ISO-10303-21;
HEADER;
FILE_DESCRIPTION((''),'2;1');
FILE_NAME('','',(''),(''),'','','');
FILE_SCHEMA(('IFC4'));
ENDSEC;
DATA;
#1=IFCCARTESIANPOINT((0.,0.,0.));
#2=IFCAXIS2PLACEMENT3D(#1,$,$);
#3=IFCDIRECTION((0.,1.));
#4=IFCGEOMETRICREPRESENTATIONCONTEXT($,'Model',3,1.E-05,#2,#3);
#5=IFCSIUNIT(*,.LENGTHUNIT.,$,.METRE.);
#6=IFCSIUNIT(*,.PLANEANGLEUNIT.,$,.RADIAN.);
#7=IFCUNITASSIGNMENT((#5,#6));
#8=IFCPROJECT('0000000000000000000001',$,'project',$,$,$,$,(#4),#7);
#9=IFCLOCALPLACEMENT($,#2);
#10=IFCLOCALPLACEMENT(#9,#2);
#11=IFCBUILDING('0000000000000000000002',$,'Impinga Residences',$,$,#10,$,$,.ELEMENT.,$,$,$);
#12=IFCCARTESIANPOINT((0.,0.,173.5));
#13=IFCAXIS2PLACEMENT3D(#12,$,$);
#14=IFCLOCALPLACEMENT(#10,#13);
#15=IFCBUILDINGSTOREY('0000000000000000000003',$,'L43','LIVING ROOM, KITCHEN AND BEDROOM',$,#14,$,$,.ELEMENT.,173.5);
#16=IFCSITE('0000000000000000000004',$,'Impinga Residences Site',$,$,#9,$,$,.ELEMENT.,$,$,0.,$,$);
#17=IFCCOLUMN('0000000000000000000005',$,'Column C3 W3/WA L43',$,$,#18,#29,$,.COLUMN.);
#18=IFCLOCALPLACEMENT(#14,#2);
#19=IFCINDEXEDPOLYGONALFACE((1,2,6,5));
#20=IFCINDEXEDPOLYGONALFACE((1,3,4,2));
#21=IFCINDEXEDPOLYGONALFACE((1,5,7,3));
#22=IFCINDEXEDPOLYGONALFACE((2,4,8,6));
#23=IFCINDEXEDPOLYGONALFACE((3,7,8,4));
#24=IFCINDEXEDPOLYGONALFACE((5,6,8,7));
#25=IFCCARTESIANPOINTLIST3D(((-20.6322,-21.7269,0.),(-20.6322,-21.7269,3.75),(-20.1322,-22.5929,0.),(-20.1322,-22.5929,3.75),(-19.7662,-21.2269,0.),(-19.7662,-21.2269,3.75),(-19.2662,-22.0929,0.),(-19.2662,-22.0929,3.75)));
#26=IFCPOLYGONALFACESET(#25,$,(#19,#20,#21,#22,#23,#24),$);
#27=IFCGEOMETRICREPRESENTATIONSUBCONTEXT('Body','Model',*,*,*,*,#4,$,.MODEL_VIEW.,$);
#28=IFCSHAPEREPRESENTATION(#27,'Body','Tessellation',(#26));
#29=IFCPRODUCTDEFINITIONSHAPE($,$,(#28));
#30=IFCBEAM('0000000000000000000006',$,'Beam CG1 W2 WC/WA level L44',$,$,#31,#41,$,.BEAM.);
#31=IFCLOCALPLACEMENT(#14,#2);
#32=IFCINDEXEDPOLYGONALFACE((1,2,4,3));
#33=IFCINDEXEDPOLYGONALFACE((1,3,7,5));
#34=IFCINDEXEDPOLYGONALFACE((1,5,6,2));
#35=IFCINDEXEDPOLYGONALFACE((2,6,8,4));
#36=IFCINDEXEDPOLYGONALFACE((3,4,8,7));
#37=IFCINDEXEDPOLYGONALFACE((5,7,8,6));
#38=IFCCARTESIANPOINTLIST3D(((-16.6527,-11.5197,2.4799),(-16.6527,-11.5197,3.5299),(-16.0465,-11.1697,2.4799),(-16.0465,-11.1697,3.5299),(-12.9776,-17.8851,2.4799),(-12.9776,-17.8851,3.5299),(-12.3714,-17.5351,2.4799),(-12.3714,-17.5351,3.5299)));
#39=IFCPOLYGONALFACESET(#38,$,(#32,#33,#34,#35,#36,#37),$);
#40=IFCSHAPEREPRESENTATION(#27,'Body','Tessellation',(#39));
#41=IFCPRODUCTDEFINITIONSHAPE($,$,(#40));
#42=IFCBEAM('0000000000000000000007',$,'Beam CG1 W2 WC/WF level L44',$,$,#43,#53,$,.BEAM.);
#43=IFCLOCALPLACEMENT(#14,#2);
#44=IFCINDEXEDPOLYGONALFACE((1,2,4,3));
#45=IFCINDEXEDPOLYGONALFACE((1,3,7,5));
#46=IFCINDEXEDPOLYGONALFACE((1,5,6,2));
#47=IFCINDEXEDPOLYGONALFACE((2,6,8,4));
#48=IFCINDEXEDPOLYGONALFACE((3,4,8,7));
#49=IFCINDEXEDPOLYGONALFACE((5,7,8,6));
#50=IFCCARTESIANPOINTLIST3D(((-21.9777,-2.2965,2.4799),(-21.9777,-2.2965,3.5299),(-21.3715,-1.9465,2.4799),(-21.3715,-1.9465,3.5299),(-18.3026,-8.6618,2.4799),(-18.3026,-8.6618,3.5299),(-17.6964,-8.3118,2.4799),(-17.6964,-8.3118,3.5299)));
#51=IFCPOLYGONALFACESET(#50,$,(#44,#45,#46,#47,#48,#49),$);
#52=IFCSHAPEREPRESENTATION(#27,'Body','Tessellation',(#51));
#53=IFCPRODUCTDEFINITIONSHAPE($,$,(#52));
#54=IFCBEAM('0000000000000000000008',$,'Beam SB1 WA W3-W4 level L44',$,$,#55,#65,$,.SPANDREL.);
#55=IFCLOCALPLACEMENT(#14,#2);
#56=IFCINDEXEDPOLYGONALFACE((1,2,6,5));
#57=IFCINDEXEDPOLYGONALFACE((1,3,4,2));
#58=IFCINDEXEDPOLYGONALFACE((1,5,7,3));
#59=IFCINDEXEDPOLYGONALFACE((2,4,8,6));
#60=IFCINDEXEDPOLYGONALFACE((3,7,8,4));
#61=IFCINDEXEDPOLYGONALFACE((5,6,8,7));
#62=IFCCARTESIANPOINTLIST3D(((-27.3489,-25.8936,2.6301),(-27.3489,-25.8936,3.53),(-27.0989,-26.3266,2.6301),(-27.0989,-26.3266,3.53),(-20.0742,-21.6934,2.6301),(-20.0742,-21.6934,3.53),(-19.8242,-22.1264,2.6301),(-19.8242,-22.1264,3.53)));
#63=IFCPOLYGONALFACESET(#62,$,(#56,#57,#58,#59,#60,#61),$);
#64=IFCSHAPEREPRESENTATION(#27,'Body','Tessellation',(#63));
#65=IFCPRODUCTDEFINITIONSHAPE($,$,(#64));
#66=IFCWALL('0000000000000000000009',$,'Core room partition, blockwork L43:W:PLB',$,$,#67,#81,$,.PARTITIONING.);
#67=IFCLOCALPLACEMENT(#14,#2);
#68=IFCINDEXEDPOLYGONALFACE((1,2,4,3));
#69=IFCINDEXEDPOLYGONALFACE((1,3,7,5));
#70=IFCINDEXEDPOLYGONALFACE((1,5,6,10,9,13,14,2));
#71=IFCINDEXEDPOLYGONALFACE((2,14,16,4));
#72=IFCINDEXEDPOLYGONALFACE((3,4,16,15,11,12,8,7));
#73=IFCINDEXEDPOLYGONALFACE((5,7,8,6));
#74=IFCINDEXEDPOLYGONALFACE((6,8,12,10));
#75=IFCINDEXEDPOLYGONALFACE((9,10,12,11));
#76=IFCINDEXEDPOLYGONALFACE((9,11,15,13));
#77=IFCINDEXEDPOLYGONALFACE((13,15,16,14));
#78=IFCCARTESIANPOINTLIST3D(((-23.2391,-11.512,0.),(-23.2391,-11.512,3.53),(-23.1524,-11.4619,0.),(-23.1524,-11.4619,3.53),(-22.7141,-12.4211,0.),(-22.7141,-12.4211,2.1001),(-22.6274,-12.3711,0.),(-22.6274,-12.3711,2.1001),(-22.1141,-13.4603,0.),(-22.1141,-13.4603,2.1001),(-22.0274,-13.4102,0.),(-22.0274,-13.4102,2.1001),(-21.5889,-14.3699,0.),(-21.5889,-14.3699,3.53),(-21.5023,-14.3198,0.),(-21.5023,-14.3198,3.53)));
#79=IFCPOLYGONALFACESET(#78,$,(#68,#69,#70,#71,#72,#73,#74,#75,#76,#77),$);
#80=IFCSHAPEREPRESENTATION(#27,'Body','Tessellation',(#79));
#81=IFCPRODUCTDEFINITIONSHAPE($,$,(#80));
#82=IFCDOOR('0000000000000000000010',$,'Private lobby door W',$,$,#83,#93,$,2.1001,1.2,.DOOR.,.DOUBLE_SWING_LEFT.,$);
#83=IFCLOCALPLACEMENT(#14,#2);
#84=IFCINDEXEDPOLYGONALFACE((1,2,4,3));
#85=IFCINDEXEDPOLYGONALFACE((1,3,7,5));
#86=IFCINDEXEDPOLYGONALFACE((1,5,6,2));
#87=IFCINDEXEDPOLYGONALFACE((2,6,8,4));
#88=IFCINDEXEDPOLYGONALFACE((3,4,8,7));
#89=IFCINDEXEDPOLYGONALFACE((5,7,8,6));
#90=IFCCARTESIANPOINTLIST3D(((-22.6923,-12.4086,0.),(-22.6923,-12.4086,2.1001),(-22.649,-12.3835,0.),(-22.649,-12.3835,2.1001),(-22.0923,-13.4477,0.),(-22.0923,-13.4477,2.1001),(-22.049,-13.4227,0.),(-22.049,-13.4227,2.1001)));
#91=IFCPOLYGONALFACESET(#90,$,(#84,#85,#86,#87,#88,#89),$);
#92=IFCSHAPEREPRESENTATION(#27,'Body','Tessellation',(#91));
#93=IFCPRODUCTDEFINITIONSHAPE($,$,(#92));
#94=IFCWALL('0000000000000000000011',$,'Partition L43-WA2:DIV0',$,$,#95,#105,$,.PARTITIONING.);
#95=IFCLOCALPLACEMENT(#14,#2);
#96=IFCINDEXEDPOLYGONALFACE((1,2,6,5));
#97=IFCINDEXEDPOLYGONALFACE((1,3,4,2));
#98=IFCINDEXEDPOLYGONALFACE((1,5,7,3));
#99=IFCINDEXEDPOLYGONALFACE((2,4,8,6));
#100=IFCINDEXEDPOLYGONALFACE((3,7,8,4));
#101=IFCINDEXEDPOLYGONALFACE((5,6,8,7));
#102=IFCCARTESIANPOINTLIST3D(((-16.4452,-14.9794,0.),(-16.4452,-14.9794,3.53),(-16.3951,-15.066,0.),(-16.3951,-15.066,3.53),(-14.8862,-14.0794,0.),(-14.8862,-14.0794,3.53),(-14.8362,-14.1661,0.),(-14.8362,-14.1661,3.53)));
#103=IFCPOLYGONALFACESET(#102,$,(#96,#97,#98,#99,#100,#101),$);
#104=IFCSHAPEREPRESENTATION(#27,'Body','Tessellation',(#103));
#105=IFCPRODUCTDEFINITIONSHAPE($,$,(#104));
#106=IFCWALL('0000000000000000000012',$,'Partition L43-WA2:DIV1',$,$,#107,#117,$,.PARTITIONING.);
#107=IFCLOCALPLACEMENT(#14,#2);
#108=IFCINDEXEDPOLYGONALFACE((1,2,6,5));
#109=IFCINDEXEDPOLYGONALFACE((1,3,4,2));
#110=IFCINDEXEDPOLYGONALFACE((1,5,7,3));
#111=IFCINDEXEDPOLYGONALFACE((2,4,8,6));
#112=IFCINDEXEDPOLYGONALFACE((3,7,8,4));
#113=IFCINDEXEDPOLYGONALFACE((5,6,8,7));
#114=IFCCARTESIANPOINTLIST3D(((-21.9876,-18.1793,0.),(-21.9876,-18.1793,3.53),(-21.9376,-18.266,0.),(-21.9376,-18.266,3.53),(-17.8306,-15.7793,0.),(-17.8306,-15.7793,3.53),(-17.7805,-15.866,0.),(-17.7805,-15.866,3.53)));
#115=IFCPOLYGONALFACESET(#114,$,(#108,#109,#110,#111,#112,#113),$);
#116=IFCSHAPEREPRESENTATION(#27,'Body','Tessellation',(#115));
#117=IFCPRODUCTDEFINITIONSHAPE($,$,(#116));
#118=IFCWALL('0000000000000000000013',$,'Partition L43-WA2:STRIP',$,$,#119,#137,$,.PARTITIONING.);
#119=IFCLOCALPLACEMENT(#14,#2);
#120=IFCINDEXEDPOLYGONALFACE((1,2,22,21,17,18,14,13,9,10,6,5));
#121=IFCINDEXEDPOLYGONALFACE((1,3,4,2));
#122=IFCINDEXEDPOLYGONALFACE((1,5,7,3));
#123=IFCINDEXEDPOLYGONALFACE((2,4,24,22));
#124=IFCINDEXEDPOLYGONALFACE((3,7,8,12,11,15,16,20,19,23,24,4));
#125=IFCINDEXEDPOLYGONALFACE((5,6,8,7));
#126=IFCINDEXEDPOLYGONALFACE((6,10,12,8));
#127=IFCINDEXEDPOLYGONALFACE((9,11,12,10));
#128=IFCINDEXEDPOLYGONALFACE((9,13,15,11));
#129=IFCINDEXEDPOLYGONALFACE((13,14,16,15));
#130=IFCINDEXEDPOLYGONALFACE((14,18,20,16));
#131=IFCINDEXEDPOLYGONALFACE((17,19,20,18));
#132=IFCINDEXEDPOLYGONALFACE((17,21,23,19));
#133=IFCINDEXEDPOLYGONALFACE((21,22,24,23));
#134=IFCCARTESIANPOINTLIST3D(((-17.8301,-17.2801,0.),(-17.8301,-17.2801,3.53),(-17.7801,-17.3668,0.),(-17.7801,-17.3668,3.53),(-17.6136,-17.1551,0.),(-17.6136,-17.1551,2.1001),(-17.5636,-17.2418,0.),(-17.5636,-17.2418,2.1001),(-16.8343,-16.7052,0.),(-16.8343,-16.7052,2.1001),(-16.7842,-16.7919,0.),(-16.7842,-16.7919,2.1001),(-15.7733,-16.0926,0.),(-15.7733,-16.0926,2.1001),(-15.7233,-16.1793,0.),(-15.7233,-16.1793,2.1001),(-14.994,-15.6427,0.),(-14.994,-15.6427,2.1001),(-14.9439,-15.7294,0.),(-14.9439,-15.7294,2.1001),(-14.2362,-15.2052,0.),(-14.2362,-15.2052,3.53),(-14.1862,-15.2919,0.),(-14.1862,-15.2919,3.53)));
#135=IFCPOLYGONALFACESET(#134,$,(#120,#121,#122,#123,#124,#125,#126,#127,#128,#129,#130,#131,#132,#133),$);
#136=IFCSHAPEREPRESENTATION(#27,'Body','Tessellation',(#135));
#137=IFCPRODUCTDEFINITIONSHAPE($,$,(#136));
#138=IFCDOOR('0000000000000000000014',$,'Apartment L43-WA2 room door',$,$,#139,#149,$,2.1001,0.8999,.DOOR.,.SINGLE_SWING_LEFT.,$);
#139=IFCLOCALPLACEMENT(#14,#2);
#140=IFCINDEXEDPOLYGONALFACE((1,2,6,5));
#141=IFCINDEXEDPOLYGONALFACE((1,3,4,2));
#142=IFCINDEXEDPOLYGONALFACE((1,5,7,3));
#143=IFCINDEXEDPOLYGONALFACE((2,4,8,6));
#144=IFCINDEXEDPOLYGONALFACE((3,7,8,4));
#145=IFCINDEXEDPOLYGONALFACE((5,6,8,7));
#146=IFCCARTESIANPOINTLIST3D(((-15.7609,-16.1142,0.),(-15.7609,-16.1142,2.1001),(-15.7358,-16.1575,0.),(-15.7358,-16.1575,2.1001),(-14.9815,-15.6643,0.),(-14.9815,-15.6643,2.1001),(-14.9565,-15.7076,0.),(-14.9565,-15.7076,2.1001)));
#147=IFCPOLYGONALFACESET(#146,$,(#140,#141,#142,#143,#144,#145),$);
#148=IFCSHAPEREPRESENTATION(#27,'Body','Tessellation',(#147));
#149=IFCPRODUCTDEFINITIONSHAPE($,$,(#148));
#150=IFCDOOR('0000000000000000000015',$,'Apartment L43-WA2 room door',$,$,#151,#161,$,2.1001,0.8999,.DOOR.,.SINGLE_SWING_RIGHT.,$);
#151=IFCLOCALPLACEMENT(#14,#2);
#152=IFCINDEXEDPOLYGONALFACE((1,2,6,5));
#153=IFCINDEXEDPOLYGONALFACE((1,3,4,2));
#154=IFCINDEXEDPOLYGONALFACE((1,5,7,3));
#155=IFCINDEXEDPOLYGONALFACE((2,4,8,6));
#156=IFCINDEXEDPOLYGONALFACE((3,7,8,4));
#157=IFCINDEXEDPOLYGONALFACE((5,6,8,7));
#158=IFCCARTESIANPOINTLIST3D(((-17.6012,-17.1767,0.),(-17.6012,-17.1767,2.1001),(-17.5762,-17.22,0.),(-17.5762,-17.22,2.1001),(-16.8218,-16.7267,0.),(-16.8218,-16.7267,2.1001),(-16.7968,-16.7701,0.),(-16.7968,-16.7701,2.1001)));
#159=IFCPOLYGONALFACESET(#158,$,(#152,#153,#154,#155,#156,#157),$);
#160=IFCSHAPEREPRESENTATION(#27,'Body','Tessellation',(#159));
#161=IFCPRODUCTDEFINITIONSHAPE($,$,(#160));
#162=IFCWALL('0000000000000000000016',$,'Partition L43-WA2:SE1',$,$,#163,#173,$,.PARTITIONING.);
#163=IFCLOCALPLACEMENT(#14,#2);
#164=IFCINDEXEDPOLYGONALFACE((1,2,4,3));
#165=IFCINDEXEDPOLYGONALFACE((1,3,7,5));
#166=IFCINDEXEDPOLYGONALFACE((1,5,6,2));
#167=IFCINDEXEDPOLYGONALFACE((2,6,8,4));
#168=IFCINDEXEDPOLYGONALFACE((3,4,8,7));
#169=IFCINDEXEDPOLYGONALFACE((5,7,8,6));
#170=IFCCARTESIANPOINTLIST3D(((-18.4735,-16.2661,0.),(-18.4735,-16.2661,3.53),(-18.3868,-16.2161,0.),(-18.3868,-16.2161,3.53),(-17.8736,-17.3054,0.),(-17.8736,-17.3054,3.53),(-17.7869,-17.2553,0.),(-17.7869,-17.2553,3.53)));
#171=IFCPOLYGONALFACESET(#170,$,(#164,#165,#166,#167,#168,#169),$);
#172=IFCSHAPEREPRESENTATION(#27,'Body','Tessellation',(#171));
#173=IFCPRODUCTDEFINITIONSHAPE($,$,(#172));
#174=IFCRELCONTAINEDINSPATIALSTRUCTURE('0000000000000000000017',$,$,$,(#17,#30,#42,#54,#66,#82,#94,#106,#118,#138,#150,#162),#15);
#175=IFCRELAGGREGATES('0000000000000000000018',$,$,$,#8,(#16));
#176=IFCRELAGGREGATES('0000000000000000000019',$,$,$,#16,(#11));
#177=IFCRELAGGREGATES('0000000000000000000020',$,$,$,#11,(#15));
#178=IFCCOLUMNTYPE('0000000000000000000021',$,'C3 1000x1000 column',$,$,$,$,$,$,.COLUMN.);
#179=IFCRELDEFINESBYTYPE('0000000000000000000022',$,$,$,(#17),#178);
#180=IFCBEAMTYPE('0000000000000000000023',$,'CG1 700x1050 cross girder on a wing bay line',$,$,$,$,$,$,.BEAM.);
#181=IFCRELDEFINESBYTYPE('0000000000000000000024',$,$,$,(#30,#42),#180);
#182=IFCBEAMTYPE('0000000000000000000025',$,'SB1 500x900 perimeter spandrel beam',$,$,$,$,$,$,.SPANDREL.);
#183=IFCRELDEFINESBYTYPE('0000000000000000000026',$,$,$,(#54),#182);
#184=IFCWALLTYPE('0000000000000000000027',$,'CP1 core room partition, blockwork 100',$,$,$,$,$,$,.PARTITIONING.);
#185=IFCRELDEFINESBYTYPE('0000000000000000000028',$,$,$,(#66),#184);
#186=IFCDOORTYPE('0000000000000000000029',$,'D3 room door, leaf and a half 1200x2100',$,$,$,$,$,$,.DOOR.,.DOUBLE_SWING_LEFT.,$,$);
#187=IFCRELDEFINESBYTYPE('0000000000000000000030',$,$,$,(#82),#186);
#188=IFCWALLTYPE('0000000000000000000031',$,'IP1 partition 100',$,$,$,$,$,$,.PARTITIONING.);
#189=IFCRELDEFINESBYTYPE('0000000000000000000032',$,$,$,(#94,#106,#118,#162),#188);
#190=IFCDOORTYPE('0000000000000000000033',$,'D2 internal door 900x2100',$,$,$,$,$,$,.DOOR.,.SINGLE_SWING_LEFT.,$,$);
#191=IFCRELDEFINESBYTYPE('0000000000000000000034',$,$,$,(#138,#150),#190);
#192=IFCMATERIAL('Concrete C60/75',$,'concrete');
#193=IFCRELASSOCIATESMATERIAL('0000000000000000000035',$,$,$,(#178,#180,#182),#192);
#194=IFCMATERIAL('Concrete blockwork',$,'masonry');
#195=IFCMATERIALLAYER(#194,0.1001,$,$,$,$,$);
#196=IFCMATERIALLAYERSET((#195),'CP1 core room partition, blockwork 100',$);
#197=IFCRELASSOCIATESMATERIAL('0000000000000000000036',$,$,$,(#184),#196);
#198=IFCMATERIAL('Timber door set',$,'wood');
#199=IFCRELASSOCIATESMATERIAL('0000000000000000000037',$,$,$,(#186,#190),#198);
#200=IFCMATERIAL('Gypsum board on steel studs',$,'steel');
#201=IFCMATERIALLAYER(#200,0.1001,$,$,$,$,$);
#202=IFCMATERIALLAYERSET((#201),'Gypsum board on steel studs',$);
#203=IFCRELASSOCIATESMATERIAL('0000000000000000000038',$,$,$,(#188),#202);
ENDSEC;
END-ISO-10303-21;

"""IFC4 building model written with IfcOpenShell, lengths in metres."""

from ifc_helpers import new_model, si_unit, direction, frame, frame_2d, origin, origin_2d, place, context, subcontext, project, spatial, rectangle, extrude, material, layer, layer_set, material_profile, profile_set, type_object, element, fill, save


model = new_model("IFC4")

# Units and contexts
model_context = context("Model", 3, precision=1e-05, world=origin(), true_north=direction((0.0, 1.0)))
body_context = subcontext(model_context, "Body", "Model", "MODEL_VIEW")
ifc_project = project(units=[si_unit("LENGTHUNIT", "METRE"), si_unit("PLANEANGLEUNIT", "RADIAN")], contexts=[model_context])

# Site, building, storey
site_placement = place(None, origin())
site = spatial("IfcSite", under=ifc_project, at=site_placement, Name="Impinga Residences Site", CompositionType="ELEMENT", RefElevation=0.0)
building_placement = place(site_placement, origin())
building = spatial("IfcBuilding", under=site, at=building_placement, Name="Impinga Residences", CompositionType="ELEMENT")
storey_placement = place(building_placement, frame((0.0, 0.0, 173.5)))
storey = spatial("IfcBuildingStorey", under=building, at=storey_placement, Name="L43", Description="LIVING ROOM, KITCHEN AND BEDROOM", CompositionType="ELEMENT", Elevation=173.5)

# Column
ifc_material_1 = material(Name="Concrete C60/75", Category="concrete")
ifc_material_profile_1 = material_profile(ifc_material_1, rectangle(XDim=1.0, YDim=1.0, at=origin_2d()), Name="RC 1000x1000")
ifc_profile_set_1 = profile_set([ifc_material_profile_1], Name="Concrete C60/75")
column_type = type_object("IfcColumnType", Name="C3 1000x1000 column", PredefinedType="COLUMN", material=ifc_profile_set_1)
column_placement = place(storey_placement, frame((-19.9492, -21.9099, 0.0), z_axis=(0.0, 0.0, 1.0), x_axis=(-0.5, 0.866025, 0.0)))
element("IfcColumn", 1, at=column_placement, inside=storey, type_object=column_type, Name="Column C3 W3/WA L43", PredefinedType="COLUMN", context=body_context, shape_type="SweptSolid", body=[
    extrude(rectangle(XDim=1.0, YDim=1.0, at=origin_2d()), origin(), (0.0, 0.0, 1.0), 3.75),
])

# Beams
ifc_material_profile_2 = material_profile(ifc_material_1, rectangle(XDim=0.7, YDim=1.05, at=origin_2d()), Name="RC 700x1050")
ifc_profile_set_2 = profile_set([ifc_material_profile_2], Name="Concrete C60/75")
beam_type_1 = type_object("IfcBeamType", Name="CG1 700x1050 cross girder on a wing bay line", PredefinedType="BEAM", material=ifc_profile_set_2)
for number, where, z_axis, x_axis, name in (
    (2, (-16.3496, -11.3447, 3.0049), (0.500008, -0.866021, 0.0), (0.866021, 0.500008, 0.0), "Beam CG1 W2 WC/WA level L44"),
    (3, (-17.9995, -8.4868, 3.0049), (-0.500008, 0.866021, 0.0), (-0.866021, -0.500008, 0.0), "Beam CG1 W2 WC/WF level L44"),
):
    element("IfcBeam", number, at=place(storey_placement, frame(where, z_axis=z_axis, x_axis=x_axis)), inside=storey, type_object=beam_type_1, Name=name, PredefinedType="BEAM", context=body_context, shape_type="SweptSolid", body=[
        extrude(rectangle(XDim=0.7, YDim=1.05, at=origin_2d()), origin(), (0.0, 0.0, 1.0), 7.3501),
    ])
ifc_material_profile_3 = material_profile(ifc_material_1, rectangle(XDim=0.5, YDim=0.8999, at=origin_2d()), Name="RC 500x900")
ifc_profile_set_3 = profile_set([ifc_material_profile_3], Name="Concrete C60/75")
beam_type_2 = type_object("IfcBeamType", Name="SB1 500x900 perimeter spandrel beam", PredefinedType="SPANDREL", material=ifc_profile_set_3)
beam_placement = place(storey_placement, frame((-19.9492, -21.9099, 3.0801), z_axis=(-0.866017, -0.500015, 0.0), x_axis=(0.500015, -0.866017, 0.0)))
element("IfcBeam", 4, at=beam_placement, inside=storey, type_object=beam_type_2, Name="Beam SB1 WA W3-W4 level L44", PredefinedType="SPANDREL", context=body_context, shape_type="SweptSolid", body=[
    extrude(rectangle(XDim=0.5, YDim=0.8999, at=origin_2d()), origin(), (0.0, 0.0, 1.0), 8.4001),
])

# Wall, opening, door
ifc_material_2 = material(Name="Concrete blockwork", Category="masonry")
ifc_layer_1 = layer(ifc_material_2, 0.1001)
ifc_layer_set_1 = layer_set([ifc_layer_1], Name="CP1 core room partition, blockwork 100")
wall_type_1 = type_object("IfcWallType", Name="CP1 core room partition, blockwork 100", PredefinedType="PARTITIONING", material=ifc_layer_set_1)
wall_1_placement = place(storey_placement, frame((-21.5457, -14.3447, 0.0), z_axis=(0.0, 0.0, 1.0), x_axis=(-0.50003, 0.866008, 0.0)))
wall_1 = element("IfcWall", 5, at=wall_1_placement, inside=storey, type_object=wall_type_1, Name="Core room partition, blockwork L43:W:PLB", PredefinedType="PARTITIONING", context=body_context, shape_type="SweptSolid", body=[
    extrude(rectangle(XDim=3.3, YDim=0.1001, at=frame_2d((1.6499, 0.0))), origin(), (0.0, 0.0, 1.0), 3.53),
])
opening_1_placement = place(wall_1_placement, frame((1.05, 0.0, 0.0)))
opening_1 = element("IfcOpeningElement", 6, at=opening_1_placement, cuts=wall_1, PredefinedType="OPENING", context=body_context, shape_type="SweptSolid", body=[
    extrude(rectangle(XDim=1.2, YDim=2.1001, at=frame_2d((0.6001, 1.05))), frame((0.0, 0.0601, 0.0), z_axis=(0.0, -1.0, 0.0), x_axis=(1.0, 0.0, 0.0)), (0.0, 0.0, 1.0), 0.1201),
])
ifc_material_3 = material(Name="Timber door set", Category="wood")
door_type_1 = type_object("IfcDoorType", Name="D3 room door, leaf and a half 1200x2100", OperationType="DOUBLE_SWING_LEFT", PredefinedType="DOOR", material=ifc_material_3)
door_1_placement = place(opening_1_placement, origin())
door_1 = element("IfcDoor", 7, at=door_1_placement, inside=storey, type_object=door_type_1, Name="Private lobby door W", OperationType="DOUBLE_SWING_LEFT", OverallHeight=2.1001, OverallWidth=1.2, PredefinedType="DOOR", context=body_context, shape_type="SweptSolid", body=[
    extrude(rectangle(XDim=1.2, YDim=2.1001, at=frame_2d((0.6001, 1.05))), frame((0.0, 0.0249, 0.0), z_axis=(0.0, -1.0, 0.0), x_axis=(1.0, 0.0, 0.0)), (0.0, 0.0, 1.0), 0.05),
])
fill(opening_1, door_1)

# Walls
ifc_material_4 = material(Name="Gypsum board on steel studs", Category="steel")
ifc_layer_2 = layer(ifc_material_4, 0.1001)
ifc_layer_set_2 = layer_set([ifc_layer_2], Name="Gypsum board on steel studs")
wall_type_2 = type_object("IfcWallType", Name="IP1 partition 100", PredefinedType="PARTITIONING", material=ifc_layer_set_2)
wall_2_placement = place(storey_placement, frame((-14.8613, -14.1228, 0.0), z_axis=(0.0, 0.0, 1.0), x_axis=(-0.866048, -0.499961, 0.0)))
element("IfcWall", 8, at=wall_2_placement, inside=storey, type_object=wall_type_2, Name="Partition L43-WA2:DIV0", PredefinedType="PARTITIONING", context=body_context, shape_type="SweptSolid", body=[
    extrude(rectangle(XDim=1.8, YDim=0.1001, at=frame_2d((0.8999, 0.0))), origin(), (0.0, 0.0, 1.0), 3.53),
])
wall_3_placement = place(storey_placement, frame((-17.8057, -15.8228, 0.0), z_axis=(0.0, 0.0, 1.0), x_axis=(-0.866037, -0.499979, 0.0)))
element("IfcWall", 9, at=wall_3_placement, inside=storey, type_object=wall_type_2, Name="Partition L43-WA2:DIV1", PredefinedType="PARTITIONING", context=body_context, shape_type="SweptSolid", body=[
    extrude(rectangle(XDim=4.8, YDim=0.1001, at=frame_2d((2.3999, 0.0))), origin(), (0.0, 0.0, 1.0), 3.53),
])

# Wall, openings, doors
wall_4_placement = place(storey_placement, frame((-14.2112, -15.2485, 0.0), z_axis=(0.0, 0.0, 1.0), x_axis=(-0.86603, -0.499992, 0.0)))
wall_4 = element("IfcWall", 10, at=wall_4_placement, inside=storey, type_object=wall_type_2, Name="Partition L43-WA2:STRIP", PredefinedType="PARTITIONING", context=body_context, shape_type="SweptSolid", body=[
    extrude(rectangle(XDim=4.1499, YDim=0.1001, at=frame_2d((2.075, 0.0))), origin(), (0.0, 0.0, 1.0), 3.53),
])
opening_2_placement = place(wall_4_placement, frame((0.875, 0.0, 0.0)))
opening_2 = element("IfcOpeningElement", 11, at=opening_2_placement, cuts=wall_4, PredefinedType="OPENING", context=body_context, shape_type="SweptSolid", body=[
    extrude(rectangle(XDim=0.8999, YDim=2.1001, at=frame_2d((0.45, 1.05))), frame((0.0, 0.0601, 0.0), z_axis=(0.0, -1.0, 0.0), x_axis=(1.0, 0.0, 0.0)), (0.0, 0.0, 1.0), 0.1201),
])
opening_3_placement = place(wall_4_placement, frame((3.0, 0.0, 0.0)))
opening_3 = element("IfcOpeningElement", 12, at=opening_3_placement, cuts=wall_4, PredefinedType="OPENING", context=body_context, shape_type="SweptSolid", body=[
    extrude(rectangle(XDim=0.8999, YDim=2.1001, at=frame_2d((0.45, 1.05))), frame((0.0, 0.0601, 0.0), z_axis=(0.0, -1.0, 0.0), x_axis=(1.0, 0.0, 0.0)), (0.0, 0.0, 1.0), 0.1201),
])
door_type_2 = type_object("IfcDoorType", Name="D2 internal door 900x2100", OperationType="SINGLE_SWING_LEFT", PredefinedType="DOOR", material=ifc_material_3)
door_2_placement = place(opening_2_placement, origin())
door_2 = element("IfcDoor", 13, at=door_2_placement, inside=storey, type_object=door_type_2, Name="Apartment L43-WA2 room door", OperationType="SINGLE_SWING_LEFT", OverallHeight=2.1001, OverallWidth=0.8999, PredefinedType="DOOR", context=body_context, shape_type="SweptSolid", body=[
    extrude(rectangle(XDim=0.8999, YDim=2.1001, at=frame_2d((0.45, 1.05))), frame((0.0, 0.0249, 0.0), z_axis=(0.0, -1.0, 0.0), x_axis=(1.0, 0.0, 0.0)), (0.0, 0.0, 1.0), 0.05),
])
fill(opening_2, door_2)
door_3_placement = place(opening_3_placement, origin())
door_3 = element("IfcDoor", 14, at=door_3_placement, inside=storey, type_object=door_type_2, Name="Apartment L43-WA2 room door", OperationType="SINGLE_SWING_RIGHT", OverallHeight=2.1001, OverallWidth=0.8999, PredefinedType="DOOR", context=body_context, shape_type="SweptSolid", body=[
    extrude(rectangle(XDim=0.8999, YDim=2.1001, at=frame_2d((0.45, 1.05))), frame((0.0, 0.0249, 0.0), z_axis=(0.0, -1.0, 0.0), x_axis=(1.0, 0.0, 0.0)), (0.0, 0.0, 1.0), 0.05),
])
fill(opening_3, door_3)

# Wall
wall_5_placement = place(storey_placement, frame((-18.4302, -16.241, 0.0), z_axis=(0.0, 0.0, 1.0), x_axis=(0.499881, -0.866094, 0.0)))
element("IfcWall", 15, at=wall_5_placement, inside=storey, type_object=wall_type_2, Name="Partition L43-WA2:SE1", PredefinedType="PARTITIONING", context=body_context, shape_type="SweptSolid", body=[
    extrude(rectangle(XDim=1.2, YDim=0.1001, at=frame_2d((0.6001, 0.0))), origin(), (0.0, 0.0, 1.0), 3.53),
])

save(model, "model.ifc")
